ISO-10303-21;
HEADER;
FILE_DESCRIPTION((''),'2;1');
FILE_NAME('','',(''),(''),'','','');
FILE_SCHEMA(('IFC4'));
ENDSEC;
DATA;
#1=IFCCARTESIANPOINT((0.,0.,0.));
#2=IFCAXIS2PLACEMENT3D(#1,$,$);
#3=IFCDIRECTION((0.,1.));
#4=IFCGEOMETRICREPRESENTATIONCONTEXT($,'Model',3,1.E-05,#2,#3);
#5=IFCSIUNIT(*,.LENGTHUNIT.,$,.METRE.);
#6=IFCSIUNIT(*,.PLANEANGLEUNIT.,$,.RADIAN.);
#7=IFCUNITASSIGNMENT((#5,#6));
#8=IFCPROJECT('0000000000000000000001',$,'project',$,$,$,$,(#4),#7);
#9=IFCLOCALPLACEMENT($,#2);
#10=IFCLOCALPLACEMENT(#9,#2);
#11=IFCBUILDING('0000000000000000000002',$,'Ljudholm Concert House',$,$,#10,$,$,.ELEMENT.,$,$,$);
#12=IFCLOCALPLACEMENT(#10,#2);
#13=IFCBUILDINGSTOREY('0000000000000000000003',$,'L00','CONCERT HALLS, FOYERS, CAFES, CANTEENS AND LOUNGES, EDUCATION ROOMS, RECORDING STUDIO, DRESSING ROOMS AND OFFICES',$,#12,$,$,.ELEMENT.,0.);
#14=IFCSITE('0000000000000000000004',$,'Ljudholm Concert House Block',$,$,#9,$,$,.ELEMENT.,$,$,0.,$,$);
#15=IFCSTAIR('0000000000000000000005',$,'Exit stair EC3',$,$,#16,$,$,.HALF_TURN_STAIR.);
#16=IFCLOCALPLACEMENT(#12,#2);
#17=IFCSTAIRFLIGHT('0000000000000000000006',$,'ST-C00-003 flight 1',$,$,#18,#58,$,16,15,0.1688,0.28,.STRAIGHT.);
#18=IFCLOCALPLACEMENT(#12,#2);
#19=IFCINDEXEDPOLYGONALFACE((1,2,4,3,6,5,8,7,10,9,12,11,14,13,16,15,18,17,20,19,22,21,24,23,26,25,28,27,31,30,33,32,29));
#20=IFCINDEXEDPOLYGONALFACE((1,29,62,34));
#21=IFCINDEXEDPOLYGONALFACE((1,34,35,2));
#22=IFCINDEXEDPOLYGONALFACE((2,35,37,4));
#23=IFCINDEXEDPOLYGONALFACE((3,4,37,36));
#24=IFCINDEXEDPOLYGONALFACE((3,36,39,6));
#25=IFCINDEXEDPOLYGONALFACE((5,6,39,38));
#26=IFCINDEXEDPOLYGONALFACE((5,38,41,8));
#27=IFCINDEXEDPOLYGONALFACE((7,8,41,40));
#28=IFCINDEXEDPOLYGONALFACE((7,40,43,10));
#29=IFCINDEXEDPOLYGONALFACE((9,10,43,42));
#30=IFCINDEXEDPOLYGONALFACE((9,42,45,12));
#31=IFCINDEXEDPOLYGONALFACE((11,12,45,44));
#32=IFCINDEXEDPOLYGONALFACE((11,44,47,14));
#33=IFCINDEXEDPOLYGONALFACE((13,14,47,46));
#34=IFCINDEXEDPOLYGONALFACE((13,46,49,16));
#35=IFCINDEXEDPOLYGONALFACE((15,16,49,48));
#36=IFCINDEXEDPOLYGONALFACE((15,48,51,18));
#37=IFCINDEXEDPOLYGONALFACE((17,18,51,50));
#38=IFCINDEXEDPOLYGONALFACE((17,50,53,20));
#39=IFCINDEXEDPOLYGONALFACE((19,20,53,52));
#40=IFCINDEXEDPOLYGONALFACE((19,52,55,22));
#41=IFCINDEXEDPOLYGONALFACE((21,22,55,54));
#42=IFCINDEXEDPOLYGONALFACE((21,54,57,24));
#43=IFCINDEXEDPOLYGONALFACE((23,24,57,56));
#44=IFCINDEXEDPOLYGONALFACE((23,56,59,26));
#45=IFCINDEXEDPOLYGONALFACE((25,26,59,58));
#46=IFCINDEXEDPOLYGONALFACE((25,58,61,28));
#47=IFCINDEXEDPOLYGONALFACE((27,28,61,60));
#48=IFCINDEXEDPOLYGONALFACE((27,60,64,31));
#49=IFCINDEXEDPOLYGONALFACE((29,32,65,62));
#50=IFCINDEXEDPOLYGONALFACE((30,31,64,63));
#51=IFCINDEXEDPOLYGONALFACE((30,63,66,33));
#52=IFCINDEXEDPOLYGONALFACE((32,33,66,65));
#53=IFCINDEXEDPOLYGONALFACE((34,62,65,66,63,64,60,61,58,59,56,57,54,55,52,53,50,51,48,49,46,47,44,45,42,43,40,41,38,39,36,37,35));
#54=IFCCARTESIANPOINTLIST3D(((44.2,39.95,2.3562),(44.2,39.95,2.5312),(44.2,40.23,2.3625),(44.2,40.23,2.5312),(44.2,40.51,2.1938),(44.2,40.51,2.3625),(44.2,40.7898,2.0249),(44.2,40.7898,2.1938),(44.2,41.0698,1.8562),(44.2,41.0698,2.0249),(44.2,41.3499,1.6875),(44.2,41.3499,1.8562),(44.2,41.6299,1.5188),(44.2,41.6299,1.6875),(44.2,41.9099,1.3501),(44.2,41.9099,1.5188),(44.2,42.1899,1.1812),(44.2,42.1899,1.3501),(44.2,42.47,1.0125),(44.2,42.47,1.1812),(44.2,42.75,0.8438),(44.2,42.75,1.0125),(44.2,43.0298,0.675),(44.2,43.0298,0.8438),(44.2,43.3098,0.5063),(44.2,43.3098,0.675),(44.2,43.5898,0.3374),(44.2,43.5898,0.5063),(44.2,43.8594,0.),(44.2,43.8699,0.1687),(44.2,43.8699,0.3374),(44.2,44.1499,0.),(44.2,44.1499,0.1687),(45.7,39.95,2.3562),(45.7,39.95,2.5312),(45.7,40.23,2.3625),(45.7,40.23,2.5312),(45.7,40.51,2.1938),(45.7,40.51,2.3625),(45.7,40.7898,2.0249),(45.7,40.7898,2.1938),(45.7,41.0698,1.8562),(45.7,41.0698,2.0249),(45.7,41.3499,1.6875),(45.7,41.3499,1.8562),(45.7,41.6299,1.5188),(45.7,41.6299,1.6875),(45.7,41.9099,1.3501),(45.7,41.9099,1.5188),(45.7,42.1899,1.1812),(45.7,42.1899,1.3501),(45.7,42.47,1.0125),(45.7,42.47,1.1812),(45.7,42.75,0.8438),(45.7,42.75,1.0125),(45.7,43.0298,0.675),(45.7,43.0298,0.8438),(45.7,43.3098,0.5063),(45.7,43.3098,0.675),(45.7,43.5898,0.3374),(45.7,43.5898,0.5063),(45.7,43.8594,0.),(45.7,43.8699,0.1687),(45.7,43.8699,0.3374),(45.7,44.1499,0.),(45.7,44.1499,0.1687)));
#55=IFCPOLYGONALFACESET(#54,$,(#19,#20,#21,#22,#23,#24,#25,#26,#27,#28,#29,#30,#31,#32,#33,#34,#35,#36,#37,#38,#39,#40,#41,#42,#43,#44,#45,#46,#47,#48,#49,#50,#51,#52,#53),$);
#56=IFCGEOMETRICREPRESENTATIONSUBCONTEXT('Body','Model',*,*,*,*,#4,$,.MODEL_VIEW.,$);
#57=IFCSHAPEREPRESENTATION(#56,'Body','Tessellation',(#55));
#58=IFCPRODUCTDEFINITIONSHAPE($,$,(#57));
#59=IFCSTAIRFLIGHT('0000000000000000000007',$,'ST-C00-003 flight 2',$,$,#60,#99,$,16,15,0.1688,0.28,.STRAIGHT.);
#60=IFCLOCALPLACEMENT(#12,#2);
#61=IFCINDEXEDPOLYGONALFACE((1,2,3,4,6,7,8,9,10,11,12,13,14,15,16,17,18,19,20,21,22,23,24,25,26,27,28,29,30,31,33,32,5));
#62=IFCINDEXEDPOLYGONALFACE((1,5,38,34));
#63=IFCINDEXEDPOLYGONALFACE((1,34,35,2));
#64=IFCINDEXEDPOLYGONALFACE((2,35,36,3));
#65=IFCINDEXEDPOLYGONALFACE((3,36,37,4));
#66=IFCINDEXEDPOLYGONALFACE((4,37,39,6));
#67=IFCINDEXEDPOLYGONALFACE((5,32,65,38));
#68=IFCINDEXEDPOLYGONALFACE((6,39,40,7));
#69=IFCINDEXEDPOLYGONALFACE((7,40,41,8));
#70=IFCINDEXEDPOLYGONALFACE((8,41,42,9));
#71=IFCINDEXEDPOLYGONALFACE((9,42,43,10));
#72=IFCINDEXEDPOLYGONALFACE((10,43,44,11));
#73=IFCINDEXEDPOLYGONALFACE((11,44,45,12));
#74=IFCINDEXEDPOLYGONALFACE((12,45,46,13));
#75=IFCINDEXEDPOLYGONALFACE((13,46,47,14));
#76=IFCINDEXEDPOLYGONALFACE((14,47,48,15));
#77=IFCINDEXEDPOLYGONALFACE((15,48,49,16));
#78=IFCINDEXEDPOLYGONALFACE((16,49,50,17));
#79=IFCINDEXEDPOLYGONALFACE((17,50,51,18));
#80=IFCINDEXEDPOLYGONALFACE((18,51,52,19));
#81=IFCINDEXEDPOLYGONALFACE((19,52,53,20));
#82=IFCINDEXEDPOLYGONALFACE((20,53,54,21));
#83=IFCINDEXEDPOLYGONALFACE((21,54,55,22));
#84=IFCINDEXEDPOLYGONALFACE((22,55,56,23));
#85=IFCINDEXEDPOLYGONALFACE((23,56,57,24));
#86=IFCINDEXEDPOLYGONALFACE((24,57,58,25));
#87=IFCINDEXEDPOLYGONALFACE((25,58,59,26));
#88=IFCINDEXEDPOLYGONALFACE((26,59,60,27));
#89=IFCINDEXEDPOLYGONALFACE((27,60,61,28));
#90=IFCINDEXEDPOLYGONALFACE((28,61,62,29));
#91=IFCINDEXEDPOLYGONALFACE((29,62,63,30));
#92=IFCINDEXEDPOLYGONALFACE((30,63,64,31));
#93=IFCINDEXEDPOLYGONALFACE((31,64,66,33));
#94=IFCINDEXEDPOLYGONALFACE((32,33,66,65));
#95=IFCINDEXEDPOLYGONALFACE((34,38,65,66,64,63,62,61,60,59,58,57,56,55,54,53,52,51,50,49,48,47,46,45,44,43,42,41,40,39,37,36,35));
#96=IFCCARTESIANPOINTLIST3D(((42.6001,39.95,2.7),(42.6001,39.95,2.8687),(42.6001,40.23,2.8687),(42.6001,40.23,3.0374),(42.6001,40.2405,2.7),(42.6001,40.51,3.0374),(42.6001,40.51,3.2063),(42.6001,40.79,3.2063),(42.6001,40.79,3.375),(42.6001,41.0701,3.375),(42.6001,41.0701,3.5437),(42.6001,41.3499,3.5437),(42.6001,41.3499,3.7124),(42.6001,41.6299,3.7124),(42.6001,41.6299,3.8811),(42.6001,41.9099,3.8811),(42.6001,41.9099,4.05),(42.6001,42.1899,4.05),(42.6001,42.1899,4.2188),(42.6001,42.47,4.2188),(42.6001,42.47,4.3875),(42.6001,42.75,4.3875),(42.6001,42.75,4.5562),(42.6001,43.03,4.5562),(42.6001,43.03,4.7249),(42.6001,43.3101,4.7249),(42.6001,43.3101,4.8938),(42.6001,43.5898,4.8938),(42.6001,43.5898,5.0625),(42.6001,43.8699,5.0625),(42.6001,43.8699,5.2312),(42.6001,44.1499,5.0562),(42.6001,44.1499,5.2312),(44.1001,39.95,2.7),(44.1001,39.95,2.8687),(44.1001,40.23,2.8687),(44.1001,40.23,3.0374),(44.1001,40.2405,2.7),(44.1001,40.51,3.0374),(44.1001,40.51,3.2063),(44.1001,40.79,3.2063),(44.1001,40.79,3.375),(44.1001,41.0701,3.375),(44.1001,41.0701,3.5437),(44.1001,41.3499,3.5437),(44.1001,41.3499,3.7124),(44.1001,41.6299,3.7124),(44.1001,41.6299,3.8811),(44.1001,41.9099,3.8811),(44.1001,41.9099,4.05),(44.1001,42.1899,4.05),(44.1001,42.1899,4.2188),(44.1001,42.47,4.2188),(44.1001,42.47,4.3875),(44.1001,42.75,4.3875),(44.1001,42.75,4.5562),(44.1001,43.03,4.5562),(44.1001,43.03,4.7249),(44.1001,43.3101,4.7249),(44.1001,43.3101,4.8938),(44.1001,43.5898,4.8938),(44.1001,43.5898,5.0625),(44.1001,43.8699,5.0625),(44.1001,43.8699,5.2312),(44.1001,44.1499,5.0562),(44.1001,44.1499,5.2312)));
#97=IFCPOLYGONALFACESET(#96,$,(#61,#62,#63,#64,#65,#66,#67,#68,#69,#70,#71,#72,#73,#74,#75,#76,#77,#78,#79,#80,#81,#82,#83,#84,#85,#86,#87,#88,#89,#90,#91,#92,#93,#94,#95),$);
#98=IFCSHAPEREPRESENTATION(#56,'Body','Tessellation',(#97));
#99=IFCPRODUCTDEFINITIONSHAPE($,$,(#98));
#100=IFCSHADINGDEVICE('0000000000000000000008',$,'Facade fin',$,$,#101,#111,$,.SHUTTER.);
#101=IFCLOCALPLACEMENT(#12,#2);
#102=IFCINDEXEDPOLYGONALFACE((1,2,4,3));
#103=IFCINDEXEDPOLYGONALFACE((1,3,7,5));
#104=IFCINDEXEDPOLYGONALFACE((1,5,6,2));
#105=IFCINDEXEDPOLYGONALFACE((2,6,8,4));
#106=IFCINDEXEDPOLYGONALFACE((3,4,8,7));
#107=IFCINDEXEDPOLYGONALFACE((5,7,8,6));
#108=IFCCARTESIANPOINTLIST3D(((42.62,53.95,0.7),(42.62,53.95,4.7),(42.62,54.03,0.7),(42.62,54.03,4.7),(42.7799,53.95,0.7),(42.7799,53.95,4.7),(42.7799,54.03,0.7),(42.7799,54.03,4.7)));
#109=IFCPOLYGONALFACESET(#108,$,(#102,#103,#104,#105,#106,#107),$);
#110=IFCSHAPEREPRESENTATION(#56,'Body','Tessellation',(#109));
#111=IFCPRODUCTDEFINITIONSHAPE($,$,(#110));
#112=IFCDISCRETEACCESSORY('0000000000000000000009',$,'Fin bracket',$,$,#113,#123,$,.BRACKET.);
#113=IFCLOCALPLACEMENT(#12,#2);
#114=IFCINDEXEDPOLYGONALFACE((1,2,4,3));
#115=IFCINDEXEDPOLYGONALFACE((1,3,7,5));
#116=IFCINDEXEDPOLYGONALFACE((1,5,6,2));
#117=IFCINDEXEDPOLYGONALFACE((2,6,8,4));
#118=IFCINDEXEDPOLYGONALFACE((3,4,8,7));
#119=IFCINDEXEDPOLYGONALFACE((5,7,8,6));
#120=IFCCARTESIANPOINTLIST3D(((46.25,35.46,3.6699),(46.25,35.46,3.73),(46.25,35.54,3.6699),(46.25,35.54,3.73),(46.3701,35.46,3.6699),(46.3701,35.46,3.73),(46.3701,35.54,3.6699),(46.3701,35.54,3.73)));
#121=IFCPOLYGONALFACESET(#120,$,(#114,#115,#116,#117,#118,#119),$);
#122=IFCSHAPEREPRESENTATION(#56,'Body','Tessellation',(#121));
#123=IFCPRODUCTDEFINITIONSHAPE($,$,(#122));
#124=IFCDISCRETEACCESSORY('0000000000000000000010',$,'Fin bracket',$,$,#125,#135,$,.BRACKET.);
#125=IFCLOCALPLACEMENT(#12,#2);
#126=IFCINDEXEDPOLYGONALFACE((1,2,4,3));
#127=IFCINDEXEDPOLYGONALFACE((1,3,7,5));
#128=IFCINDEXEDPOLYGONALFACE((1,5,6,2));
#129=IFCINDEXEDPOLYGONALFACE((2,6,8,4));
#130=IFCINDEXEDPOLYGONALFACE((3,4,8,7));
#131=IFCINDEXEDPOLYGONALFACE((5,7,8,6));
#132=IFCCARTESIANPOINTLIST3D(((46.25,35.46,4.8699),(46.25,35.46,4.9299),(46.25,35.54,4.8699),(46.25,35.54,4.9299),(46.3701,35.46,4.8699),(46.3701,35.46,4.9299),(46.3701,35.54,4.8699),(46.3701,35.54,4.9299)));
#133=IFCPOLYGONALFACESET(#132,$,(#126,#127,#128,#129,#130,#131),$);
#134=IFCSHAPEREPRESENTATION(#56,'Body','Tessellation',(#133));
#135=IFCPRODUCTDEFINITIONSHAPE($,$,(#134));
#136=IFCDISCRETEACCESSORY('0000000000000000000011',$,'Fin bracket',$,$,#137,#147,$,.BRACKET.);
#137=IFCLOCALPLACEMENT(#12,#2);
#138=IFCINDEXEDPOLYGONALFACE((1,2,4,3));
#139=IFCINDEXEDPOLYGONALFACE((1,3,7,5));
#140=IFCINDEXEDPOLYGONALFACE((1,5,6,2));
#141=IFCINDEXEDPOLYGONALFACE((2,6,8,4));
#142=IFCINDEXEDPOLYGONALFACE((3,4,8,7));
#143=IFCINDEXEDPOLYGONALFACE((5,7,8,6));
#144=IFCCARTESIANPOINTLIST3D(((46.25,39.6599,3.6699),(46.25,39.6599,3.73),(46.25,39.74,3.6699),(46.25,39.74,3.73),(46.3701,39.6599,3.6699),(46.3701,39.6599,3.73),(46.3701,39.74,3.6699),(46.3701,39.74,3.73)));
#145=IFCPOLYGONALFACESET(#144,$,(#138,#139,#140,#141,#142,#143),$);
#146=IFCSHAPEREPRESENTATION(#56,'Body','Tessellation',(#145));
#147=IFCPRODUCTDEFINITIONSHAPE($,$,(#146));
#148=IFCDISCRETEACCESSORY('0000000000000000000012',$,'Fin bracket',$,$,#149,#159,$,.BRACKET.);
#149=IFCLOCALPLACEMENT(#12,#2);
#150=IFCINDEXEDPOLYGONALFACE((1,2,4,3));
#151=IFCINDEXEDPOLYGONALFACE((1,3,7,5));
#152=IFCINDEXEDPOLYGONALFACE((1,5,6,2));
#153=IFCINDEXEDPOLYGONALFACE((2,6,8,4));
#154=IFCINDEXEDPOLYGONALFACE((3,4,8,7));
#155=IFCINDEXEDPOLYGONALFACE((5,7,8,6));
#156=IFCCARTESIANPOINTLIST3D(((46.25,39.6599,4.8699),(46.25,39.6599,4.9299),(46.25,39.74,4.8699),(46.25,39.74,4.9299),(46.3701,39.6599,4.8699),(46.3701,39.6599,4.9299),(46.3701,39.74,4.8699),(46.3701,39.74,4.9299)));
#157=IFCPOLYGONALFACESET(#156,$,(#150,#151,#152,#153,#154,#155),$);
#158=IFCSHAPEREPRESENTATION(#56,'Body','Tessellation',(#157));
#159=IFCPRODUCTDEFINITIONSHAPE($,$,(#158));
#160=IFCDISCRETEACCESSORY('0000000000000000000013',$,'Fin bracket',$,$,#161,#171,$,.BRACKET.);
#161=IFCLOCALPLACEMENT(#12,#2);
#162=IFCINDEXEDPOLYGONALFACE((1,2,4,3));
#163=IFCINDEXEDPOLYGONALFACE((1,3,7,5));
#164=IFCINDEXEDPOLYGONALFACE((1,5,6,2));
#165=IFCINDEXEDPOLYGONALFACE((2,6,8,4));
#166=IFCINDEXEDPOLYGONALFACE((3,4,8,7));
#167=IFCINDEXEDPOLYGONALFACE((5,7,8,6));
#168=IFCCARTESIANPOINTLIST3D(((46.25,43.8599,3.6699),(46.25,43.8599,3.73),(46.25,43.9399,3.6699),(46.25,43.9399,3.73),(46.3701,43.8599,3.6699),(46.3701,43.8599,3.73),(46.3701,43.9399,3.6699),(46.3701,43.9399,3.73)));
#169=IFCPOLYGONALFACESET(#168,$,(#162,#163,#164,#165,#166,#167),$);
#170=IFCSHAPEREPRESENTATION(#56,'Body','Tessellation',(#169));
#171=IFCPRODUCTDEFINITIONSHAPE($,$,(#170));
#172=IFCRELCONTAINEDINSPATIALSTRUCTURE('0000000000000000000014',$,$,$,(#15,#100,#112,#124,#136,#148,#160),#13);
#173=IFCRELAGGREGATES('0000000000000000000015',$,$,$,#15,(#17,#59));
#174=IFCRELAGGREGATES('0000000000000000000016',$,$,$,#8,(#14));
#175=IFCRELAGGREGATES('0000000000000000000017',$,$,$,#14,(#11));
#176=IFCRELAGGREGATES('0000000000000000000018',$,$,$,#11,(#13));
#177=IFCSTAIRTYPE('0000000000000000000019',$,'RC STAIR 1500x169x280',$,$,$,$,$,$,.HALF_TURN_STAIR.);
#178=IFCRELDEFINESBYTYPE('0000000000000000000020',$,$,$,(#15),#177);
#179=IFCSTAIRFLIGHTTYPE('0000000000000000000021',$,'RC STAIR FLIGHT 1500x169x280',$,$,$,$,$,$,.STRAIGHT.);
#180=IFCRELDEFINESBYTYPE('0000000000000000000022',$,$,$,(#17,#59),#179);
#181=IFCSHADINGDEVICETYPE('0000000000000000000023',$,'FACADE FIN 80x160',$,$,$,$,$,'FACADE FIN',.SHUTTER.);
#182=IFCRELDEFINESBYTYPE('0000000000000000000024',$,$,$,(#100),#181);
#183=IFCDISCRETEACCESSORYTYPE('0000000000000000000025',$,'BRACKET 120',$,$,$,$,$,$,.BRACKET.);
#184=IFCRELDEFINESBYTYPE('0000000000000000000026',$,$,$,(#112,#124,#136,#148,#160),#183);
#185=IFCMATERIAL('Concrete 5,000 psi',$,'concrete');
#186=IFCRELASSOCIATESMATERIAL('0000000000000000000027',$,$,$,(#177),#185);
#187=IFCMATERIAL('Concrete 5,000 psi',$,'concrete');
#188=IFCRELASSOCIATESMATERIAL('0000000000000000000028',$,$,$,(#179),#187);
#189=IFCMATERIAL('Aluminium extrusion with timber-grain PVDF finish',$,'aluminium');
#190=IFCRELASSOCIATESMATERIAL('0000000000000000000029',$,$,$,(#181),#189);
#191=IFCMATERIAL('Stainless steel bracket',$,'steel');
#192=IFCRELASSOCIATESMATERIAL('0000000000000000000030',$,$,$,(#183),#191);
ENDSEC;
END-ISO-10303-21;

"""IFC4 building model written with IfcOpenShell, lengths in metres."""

from ifc_helpers import new_model, si_unit, direction, frame, origin, origin_2d, place, context, subcontext, project, spatial, polyline, rectangle, outline, extrude, material, type_object, element, aggregate, save


model = new_model("IFC4")

# Units and contexts
model_context = context("Model", 3, precision=1e-05, world=origin(), true_north=direction((0.0, 1.0)))
body_context = subcontext(model_context, "Body", "Model", "MODEL_VIEW")
ifc_project = project(units=[si_unit("LENGTHUNIT", "METRE"), si_unit("PLANEANGLEUNIT", "RADIAN")], contexts=[model_context])

# Site, building, storey
site_placement = place(None, origin())
site = spatial("IfcSite", under=ifc_project, at=site_placement, Name="Ljudholm Concert House Block", CompositionType="ELEMENT", RefElevation=0.0)
building_placement = place(site_placement, origin())
building = spatial("IfcBuilding", under=site, at=building_placement, Name="Ljudholm Concert House", CompositionType="ELEMENT")
storey_placement = place(building_placement, origin())
storey = spatial("IfcBuildingStorey", under=building, at=storey_placement, Name="L00", Description="CONCERT HALLS, FOYERS, CAFES, CANTEENS AND LOUNGES, EDUCATION ROOMS, RECORDING STUDIO, DRESSING ROOMS AND OFFICES", CompositionType="ELEMENT", Elevation=0.0)

# Stair, stair flights
ifc_material_1 = material(Name="Concrete 5,000 psi", Category="concrete")
stair_type = type_object("IfcStairType", Name="RC STAIR 1500x169x280", PredefinedType="HALF_TURN_STAIR", material=ifc_material_1)
stair_placement = place(storey_placement, origin())
stair = element("IfcStair", 1, at=stair_placement, inside=storey, type_object=stair_type, Name="Exit stair EC3", PredefinedType="HALF_TURN_STAIR")
ifc_material_2 = material(Name="Concrete 5,000 psi", Category="concrete")
stair_flight_type = type_object("IfcStairFlightType", Name="RC STAIR FLIGHT 1500x169x280", PredefinedType="STRAIGHT", material=ifc_material_2)
stair_flight_1_placement = place(storey_placement, frame((44.95, 44.1499, 0.0), z_axis=(0.0, 0.0, 1.0), x_axis=(0.0, -1.0, 0.0)))
stair_flight_1 = element("IfcStairFlight", 2, at=stair_flight_1_placement, type_object=stair_flight_type, Name="ST-C00-003 flight 1", NumberOfRisers=16, NumberOfTreads=15, PredefinedType="STRAIGHT", RiserHeight=0.1688, TreadLength=0.28, context=body_context, shape_type="SweptSolid", body=[
    extrude(outline(polyline([(0.0, 0.0), (0.0, 0.1687), (0.28, 0.1687), (0.28, 0.3374), (0.5601, 0.3374), (0.5601, 0.5063), (0.8401, 0.5063), (0.8401, 0.675), (1.1201, 0.675), (1.1201, 0.8438), (1.3999, 0.8438), (1.3999, 1.0125), (1.6799, 1.0125), (1.6799, 1.1812), (1.96, 1.1812), (1.96, 1.3501), (2.24, 1.3501), (2.24, 1.5188), (2.52, 1.5188), (2.52, 1.6875), (2.8, 1.6875), (2.8, 1.8562), (3.0801, 1.8562), (3.0801, 2.0249), (3.3601, 2.0249), (3.3601, 2.1938), (3.6399, 2.1938), (3.6399, 2.3625), (3.9199, 2.3625), (3.9199, 2.5312), (4.2, 2.5312), (4.2, 2.7), (4.2, 2.3562), (0.2905, 0.0), (0.0, 0.0)])), frame((0.0, 0.75, 0.0), z_axis=(0.0, -1.0, 0.0), x_axis=(1.0, 0.0, 0.0)), (0.0, 0.0, 1.0), 1.5),
])
stair_flight_2_placement = place(storey_placement, frame((43.3501, 39.95, 2.7), z_axis=(0.0, 0.0, 1.0), x_axis=(0.0, 1.0, 0.0)))
stair_flight_2 = element("IfcStairFlight", 3, at=stair_flight_2_placement, type_object=stair_flight_type, Name="ST-C00-003 flight 2", NumberOfRisers=16, NumberOfTreads=15, PredefinedType="STRAIGHT", RiserHeight=0.1688, TreadLength=0.28, context=body_context, shape_type="SweptSolid", body=[
    extrude(outline(polyline([(0.0, 0.0), (0.0, 0.1687), (0.28, 0.1687), (0.28, 0.3374), (0.5601, 0.3374), (0.5601, 0.5063), (0.8401, 0.5063), (0.8401, 0.675), (1.1201, 0.675), (1.1201, 0.8438), (1.3999, 0.8438), (1.3999, 1.0125), (1.6799, 1.0125), (1.6799, 1.1812), (1.96, 1.1812), (1.96, 1.3501), (2.24, 1.3501), (2.24, 1.5188), (2.52, 1.5188), (2.52, 1.6875), (2.8, 1.6875), (2.8, 1.8562), (3.0801, 1.8562), (3.0801, 2.0249), (3.3601, 2.0249), (3.3601, 2.1938), (3.6399, 2.1938), (3.6399, 2.3625), (3.9199, 2.3625), (3.9199, 2.5312), (4.2, 2.5312), (4.2, 2.7), (4.2, 2.3562), (0.2905, 0.0), (0.0, 0.0)])), frame((0.0, 0.75, 0.0), z_axis=(0.0, -1.0, 0.0), x_axis=(1.0, 0.0, 0.0)), (0.0, 0.0, 1.0), 1.5),
])
aggregate(stair, [stair_flight_1, stair_flight_2])

# Shading device
ifc_material_3 = material(Name="Aluminium extrusion with timber-grain PVDF finish", Category="aluminium")
shading_device_type = type_object("IfcShadingDeviceType", Name="FACADE FIN 80x160", ElementType="FACADE FIN", PredefinedType="SHUTTER", material=ifc_material_3)
shading_device_placement = place(storey_placement, frame((42.7, 53.99, 0.7), z_axis=(0.0, 0.0, 1.0), x_axis=(0.0, -1.0, 0.0)))
element("IfcShadingDevice", 4, at=shading_device_placement, inside=storey, type_object=shading_device_type, Name="Facade fin", PredefinedType="SHUTTER", context=body_context, shape_type="SweptSolid", body=[
    extrude(rectangle(XDim=0.0801, YDim=0.1599, at=origin_2d()), origin(), (0.0, 0.0, 1.0), 4.0),
])

# Discrete accessories
ifc_material_4 = material(Name="Stainless steel bracket", Category="steel")
discrete_accessory_type = type_object("IfcDiscreteAccessoryType", Name="BRACKET 120", PredefinedType="BRACKET", material=ifc_material_4)
for number, where, z_axis, x_axis, name in (
    (5, (46.3101, 35.5, 3.6699), (0.0, 0.0, 1.0), (1.0, 0.0, 0.0), "Fin bracket"),
    (6, (46.3101, 35.5, 4.8699), (0.0, 0.0, 1.0), (1.0, 0.0, 0.0), "Fin bracket"),
    (7, (46.3101, 39.7, 3.6699), (0.0, 0.0, 1.0), (1.0, 0.0, 0.0), "Fin bracket"),
    (8, (46.3101, 39.7, 4.8699), (0.0, 0.0, 1.0), (1.0, 0.0, 0.0), "Fin bracket"),
    (9, (46.3101, 43.8999, 3.6699), (0.0, 0.0, 1.0), (1.0, 0.0, 0.0), "Fin bracket"),
):
    element("IfcDiscreteAccessory", number, at=place(storey_placement, frame(where, z_axis=z_axis, x_axis=x_axis)), inside=storey, type_object=discrete_accessory_type, Name=name, PredefinedType="BRACKET", context=body_context, shape_type="SweptSolid", body=[
        extrude(rectangle(XDim=0.1201, YDim=0.0801, at=origin_2d()), origin(), (0.0, 0.0, 1.0), 0.0601),
    ])

save(model, "model.ifc")
